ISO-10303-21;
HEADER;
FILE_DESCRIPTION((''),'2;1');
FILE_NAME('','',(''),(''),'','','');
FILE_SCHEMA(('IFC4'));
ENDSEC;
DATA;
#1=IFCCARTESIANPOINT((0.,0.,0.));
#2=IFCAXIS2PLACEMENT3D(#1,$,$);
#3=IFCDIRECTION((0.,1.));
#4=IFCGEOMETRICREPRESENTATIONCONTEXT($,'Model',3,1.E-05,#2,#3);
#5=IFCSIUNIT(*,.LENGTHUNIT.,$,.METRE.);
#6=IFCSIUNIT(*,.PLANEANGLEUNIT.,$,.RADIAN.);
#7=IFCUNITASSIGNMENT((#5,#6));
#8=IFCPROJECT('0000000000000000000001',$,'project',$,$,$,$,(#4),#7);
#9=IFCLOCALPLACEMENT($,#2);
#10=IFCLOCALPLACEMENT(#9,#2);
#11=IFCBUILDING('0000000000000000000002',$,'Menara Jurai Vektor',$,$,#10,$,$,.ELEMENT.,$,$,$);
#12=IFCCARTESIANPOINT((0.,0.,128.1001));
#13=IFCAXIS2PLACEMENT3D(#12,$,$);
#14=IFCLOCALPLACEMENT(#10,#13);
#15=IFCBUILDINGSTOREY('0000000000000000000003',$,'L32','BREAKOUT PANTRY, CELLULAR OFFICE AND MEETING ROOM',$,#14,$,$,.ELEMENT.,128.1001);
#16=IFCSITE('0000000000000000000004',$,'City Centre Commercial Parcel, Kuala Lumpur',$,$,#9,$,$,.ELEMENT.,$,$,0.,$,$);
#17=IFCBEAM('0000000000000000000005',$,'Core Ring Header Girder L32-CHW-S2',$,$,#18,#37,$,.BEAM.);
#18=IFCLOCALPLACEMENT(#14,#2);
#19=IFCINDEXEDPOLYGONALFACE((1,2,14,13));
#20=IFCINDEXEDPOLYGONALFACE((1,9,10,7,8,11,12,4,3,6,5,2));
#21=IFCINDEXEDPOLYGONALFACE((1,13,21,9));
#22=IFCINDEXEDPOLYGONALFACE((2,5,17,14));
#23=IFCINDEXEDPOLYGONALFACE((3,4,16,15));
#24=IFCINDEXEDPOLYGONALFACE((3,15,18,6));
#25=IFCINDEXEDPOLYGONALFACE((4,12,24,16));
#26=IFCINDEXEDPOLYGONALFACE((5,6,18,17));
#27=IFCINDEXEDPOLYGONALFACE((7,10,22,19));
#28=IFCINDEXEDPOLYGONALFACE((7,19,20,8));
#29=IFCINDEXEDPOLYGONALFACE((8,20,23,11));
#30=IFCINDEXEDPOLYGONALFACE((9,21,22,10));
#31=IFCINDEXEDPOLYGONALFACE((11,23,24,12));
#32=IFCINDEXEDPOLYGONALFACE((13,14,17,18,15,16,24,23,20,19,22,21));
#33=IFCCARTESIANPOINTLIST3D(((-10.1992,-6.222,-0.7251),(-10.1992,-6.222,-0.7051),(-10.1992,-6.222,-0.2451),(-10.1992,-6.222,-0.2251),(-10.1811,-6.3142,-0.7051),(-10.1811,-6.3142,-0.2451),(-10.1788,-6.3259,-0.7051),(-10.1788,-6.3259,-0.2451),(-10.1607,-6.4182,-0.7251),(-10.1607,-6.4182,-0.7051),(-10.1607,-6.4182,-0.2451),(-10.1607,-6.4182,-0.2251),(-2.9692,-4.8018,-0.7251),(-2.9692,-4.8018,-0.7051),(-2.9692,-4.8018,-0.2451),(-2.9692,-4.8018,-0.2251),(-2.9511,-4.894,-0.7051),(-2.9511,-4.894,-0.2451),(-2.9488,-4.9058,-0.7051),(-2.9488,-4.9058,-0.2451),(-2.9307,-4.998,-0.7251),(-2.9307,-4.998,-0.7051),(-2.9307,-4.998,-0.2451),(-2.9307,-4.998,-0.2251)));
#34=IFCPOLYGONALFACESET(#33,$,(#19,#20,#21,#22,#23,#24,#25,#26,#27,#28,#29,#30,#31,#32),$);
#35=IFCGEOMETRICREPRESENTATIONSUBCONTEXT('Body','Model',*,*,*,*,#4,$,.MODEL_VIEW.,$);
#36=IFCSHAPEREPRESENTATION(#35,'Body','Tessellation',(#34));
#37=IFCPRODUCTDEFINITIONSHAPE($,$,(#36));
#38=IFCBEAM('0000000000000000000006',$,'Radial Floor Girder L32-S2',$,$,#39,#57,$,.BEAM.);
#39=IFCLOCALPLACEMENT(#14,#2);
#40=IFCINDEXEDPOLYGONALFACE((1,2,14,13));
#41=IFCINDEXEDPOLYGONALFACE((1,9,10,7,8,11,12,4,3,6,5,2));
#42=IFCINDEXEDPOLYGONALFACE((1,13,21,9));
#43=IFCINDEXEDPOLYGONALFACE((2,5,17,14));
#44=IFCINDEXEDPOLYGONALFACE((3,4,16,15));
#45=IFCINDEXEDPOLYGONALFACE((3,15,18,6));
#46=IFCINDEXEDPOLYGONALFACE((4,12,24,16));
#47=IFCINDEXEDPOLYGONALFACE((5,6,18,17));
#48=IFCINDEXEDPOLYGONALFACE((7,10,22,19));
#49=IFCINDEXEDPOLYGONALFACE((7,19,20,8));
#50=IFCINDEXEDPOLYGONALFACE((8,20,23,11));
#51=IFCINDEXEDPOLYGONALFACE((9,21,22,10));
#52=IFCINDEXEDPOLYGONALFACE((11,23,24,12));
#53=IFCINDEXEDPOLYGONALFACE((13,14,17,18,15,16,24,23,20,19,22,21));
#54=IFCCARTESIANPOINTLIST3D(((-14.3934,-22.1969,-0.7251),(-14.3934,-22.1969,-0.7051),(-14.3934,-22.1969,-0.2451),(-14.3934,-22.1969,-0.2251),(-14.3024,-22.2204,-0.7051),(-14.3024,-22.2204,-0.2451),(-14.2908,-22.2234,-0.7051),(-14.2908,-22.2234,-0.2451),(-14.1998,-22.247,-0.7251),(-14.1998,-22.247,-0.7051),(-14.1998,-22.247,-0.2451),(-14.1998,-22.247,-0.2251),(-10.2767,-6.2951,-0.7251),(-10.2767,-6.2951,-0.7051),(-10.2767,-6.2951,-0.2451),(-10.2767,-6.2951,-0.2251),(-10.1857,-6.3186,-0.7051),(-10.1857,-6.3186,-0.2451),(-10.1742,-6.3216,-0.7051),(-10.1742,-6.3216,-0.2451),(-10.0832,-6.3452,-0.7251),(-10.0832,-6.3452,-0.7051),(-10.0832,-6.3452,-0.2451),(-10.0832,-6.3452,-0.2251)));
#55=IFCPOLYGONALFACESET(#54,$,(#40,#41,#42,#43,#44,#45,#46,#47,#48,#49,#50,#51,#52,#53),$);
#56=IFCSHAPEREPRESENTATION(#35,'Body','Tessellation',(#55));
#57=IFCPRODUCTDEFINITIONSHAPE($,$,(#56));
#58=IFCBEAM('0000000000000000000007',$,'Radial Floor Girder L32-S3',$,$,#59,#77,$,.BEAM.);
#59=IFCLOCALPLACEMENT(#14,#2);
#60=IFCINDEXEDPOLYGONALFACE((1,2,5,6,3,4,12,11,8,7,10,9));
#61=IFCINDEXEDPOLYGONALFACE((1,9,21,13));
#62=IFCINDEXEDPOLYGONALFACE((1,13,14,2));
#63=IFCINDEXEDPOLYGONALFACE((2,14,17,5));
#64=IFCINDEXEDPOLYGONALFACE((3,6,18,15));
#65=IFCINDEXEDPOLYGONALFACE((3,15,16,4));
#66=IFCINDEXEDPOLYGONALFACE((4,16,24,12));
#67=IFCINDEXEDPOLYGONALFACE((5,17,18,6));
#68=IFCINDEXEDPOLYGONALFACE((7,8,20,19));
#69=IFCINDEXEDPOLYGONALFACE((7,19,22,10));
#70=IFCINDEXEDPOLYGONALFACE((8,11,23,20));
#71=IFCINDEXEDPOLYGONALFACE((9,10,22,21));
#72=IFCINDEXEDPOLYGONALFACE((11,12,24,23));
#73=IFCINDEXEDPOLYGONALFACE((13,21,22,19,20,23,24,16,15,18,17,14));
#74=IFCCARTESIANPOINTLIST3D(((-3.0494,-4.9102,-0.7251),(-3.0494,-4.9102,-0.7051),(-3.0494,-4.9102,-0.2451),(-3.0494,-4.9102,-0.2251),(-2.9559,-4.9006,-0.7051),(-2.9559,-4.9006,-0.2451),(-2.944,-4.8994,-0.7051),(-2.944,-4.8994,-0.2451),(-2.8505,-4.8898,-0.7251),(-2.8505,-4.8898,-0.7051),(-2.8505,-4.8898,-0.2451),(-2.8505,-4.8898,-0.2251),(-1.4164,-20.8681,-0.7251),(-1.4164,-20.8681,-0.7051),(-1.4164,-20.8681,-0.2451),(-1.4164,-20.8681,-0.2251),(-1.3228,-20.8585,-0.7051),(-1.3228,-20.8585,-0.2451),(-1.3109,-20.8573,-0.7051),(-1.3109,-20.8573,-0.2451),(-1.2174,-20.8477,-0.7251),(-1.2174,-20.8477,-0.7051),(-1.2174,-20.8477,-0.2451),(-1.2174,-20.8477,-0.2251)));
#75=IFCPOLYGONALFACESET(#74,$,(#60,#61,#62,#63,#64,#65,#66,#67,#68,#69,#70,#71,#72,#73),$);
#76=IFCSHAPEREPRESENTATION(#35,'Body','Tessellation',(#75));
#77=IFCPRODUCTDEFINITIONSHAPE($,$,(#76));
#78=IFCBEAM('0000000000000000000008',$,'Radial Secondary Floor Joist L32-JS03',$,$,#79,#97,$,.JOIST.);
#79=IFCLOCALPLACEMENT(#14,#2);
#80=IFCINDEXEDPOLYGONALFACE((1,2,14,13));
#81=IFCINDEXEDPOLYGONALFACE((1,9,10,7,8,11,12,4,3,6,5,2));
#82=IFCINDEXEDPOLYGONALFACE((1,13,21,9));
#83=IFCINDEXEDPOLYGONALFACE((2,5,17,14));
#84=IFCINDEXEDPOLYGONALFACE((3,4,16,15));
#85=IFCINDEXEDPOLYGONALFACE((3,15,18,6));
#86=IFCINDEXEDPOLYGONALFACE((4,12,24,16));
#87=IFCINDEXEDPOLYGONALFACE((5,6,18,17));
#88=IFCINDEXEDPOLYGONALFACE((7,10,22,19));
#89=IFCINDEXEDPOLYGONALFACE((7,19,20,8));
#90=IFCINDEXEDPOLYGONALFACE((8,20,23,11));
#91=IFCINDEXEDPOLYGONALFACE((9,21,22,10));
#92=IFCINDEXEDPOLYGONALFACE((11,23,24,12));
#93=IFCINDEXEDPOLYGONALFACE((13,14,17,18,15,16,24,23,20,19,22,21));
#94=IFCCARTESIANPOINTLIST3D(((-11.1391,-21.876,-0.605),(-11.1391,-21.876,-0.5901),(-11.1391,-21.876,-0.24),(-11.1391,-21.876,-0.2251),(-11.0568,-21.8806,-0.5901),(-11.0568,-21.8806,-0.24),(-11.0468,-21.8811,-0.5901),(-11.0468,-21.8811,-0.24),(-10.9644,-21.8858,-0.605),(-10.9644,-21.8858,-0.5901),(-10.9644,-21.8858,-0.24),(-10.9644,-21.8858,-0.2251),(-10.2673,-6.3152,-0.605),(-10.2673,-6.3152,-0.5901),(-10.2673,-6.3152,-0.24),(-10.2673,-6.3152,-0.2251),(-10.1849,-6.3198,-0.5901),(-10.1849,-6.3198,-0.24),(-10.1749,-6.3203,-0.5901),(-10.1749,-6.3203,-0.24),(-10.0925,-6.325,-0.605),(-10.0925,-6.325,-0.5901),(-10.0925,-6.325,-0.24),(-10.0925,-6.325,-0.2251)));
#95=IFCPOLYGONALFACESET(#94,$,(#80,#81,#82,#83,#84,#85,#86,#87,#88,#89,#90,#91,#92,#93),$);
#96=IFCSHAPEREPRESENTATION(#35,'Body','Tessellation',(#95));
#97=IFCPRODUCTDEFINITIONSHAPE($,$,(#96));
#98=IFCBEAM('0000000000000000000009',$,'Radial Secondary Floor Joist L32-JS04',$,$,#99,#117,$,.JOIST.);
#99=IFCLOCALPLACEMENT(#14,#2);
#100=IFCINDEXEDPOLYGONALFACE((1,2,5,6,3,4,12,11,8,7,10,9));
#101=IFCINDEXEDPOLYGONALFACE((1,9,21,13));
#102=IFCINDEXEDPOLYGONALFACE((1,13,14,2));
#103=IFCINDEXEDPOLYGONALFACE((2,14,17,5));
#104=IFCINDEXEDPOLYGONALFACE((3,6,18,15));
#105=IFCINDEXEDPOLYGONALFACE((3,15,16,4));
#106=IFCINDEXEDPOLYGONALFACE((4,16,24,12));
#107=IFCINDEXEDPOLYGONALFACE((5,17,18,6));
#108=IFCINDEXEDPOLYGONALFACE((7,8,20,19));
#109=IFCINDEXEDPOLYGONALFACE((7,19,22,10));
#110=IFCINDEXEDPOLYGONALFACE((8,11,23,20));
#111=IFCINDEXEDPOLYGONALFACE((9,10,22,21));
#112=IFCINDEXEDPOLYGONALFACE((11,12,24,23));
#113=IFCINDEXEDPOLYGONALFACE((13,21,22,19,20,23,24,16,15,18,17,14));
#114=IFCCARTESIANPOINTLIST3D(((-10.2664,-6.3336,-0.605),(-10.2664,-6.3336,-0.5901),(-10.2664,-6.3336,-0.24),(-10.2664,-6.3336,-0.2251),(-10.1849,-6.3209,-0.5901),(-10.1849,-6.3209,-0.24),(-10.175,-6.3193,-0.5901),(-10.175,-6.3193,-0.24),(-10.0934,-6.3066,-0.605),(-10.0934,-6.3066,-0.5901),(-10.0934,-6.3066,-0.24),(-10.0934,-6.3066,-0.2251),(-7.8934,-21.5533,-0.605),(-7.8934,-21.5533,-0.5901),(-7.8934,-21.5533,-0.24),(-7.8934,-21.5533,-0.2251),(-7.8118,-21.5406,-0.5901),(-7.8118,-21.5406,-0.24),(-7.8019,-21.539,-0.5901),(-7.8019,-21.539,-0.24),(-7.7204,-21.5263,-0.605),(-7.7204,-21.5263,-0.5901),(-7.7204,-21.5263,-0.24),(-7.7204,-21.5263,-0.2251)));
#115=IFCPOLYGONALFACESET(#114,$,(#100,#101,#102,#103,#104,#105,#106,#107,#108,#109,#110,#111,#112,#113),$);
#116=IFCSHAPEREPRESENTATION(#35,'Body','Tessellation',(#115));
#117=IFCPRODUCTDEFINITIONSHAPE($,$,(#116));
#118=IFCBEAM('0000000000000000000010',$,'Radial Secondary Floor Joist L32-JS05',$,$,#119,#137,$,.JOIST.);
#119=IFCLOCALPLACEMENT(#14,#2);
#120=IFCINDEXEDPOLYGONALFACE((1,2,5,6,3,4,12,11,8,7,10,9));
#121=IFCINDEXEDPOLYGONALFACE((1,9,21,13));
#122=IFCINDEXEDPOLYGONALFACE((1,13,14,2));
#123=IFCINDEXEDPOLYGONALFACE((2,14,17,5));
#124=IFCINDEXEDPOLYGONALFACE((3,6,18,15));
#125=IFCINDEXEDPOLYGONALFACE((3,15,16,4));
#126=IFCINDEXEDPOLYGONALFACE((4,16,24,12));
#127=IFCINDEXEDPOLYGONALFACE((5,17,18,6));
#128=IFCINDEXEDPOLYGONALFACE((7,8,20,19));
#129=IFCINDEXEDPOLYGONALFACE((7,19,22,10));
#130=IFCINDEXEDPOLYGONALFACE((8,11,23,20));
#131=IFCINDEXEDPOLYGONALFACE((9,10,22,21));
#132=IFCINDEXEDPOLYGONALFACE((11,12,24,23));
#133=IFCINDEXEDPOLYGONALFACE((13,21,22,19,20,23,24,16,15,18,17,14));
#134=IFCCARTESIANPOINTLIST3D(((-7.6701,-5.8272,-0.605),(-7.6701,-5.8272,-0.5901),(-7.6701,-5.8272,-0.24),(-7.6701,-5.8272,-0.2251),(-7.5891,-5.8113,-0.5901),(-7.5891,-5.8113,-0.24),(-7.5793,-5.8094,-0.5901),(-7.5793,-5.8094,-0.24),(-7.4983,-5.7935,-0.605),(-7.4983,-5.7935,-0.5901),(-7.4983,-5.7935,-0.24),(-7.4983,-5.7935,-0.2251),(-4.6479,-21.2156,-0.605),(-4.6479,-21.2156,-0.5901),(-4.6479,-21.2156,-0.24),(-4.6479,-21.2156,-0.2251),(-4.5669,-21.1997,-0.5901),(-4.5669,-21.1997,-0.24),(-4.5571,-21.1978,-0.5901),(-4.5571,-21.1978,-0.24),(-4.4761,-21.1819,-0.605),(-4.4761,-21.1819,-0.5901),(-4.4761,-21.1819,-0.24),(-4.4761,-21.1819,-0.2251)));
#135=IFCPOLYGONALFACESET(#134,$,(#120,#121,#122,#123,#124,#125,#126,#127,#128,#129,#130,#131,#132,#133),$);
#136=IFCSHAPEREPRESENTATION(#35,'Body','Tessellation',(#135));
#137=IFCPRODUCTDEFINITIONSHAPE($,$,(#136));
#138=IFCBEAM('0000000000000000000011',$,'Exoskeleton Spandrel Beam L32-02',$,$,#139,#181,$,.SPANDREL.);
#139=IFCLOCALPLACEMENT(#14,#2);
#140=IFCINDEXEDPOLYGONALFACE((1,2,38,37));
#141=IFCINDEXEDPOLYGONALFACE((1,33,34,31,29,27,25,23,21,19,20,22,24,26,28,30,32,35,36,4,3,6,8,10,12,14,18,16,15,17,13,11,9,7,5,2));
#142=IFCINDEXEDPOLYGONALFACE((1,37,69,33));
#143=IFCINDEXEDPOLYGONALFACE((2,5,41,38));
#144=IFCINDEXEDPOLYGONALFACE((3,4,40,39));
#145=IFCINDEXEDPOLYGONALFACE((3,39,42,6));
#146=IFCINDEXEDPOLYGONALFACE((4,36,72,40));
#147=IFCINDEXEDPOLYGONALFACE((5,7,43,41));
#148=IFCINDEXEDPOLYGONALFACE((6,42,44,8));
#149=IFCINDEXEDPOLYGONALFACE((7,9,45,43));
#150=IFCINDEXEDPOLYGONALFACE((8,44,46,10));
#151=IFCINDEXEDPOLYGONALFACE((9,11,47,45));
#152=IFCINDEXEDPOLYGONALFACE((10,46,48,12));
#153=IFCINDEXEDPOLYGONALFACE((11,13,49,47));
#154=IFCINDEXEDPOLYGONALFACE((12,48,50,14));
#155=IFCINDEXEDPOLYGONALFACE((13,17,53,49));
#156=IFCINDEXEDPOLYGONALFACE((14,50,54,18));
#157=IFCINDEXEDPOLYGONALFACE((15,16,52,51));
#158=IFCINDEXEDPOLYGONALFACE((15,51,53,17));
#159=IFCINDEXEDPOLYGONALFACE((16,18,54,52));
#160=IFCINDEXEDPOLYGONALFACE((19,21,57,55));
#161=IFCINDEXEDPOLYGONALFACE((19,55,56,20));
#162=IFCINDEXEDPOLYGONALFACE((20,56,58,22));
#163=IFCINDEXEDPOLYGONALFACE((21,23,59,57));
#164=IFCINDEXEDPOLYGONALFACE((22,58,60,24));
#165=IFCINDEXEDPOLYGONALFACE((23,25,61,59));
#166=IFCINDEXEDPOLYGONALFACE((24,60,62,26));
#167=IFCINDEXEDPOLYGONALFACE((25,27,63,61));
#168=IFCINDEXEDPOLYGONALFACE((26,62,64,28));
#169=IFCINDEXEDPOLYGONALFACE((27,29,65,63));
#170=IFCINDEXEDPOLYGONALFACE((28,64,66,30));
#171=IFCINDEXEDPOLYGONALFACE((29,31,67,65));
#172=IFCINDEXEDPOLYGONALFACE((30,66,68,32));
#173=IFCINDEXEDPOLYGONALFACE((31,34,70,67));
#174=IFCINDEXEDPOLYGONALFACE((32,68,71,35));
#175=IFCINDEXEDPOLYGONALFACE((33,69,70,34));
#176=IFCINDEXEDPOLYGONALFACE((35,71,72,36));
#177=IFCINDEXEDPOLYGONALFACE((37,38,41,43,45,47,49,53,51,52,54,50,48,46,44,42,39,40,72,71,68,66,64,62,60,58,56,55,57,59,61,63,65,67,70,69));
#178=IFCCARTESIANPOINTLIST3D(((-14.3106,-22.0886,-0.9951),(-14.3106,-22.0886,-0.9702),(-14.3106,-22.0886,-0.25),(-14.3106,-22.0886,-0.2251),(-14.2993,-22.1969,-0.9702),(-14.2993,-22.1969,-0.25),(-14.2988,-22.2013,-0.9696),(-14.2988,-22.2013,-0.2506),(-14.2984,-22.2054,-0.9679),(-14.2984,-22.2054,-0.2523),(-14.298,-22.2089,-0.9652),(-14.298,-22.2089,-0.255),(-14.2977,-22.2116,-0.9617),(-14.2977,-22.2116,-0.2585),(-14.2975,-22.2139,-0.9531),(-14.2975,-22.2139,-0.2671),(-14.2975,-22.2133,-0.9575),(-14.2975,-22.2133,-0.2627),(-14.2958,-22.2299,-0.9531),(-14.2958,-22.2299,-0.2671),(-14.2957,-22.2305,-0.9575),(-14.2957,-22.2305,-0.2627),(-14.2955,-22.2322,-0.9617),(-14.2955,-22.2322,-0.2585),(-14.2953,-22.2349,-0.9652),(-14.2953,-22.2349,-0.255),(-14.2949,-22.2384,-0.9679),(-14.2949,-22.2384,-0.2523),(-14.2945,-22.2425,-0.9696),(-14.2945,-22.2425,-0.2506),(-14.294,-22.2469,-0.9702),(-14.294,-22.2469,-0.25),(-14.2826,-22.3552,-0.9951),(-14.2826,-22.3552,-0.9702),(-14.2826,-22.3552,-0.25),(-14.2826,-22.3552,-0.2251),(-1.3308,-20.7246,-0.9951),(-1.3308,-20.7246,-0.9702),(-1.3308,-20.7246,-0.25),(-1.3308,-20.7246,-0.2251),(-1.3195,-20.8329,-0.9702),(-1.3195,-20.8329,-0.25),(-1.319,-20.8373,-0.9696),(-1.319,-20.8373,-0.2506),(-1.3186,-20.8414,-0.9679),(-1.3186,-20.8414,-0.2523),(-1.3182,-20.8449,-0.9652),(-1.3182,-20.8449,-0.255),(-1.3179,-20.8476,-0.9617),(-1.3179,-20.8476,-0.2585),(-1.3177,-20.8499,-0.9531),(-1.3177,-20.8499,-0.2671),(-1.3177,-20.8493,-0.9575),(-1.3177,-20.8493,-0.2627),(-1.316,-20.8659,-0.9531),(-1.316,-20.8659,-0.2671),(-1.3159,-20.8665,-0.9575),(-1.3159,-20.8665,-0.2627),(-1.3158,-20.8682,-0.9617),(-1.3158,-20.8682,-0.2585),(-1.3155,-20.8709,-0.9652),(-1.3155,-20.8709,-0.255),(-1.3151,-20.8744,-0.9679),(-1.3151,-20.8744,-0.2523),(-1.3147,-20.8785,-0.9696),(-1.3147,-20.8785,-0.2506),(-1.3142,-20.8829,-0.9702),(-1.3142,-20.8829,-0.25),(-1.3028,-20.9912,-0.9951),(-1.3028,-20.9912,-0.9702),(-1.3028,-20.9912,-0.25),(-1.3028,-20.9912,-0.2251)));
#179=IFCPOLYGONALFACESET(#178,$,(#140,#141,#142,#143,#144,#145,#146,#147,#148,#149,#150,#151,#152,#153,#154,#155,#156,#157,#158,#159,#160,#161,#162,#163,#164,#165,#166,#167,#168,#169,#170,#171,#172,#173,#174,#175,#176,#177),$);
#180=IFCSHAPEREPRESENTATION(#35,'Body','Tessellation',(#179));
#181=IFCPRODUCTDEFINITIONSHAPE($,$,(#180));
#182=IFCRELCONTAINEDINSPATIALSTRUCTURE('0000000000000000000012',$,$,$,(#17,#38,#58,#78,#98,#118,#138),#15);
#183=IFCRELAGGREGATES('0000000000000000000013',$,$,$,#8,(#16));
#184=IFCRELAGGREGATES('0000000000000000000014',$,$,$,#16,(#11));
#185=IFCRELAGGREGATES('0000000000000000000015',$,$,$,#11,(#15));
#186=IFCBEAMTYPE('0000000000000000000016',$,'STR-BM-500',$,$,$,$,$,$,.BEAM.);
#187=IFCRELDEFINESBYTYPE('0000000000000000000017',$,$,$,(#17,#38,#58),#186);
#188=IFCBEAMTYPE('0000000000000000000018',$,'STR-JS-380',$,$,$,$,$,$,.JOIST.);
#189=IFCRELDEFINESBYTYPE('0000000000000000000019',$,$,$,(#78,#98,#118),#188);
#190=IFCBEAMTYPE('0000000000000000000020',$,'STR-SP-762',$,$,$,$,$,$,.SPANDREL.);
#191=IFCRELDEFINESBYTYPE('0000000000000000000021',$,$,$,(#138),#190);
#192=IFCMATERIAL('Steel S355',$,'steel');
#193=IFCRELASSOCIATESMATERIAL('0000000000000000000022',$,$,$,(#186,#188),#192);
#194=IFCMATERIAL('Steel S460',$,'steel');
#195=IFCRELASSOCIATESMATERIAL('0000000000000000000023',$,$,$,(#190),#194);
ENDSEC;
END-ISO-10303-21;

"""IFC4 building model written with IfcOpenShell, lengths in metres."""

from ifc_helpers import new_model, si_unit, direction, frame, origin, origin_2d, place, context, subcontext, project, spatial, i_section, extrude, material, material_profile, profile_set, type_object, element, save


model = new_model("IFC4")

# Units and contexts
model_context = context("Model", 3, precision=1e-05, world=origin(), true_north=direction((0.0, 1.0)))
body_context = subcontext(model_context, "Body", "Model", "MODEL_VIEW")
ifc_project = project(units=[si_unit("LENGTHUNIT", "METRE"), si_unit("PLANEANGLEUNIT", "RADIAN")], contexts=[model_context])

# Site, building, storey
site_placement = place(None, origin())
site = spatial("IfcSite", under=ifc_project, at=site_placement, Name="City Centre Commercial Parcel, Kuala Lumpur", CompositionType="ELEMENT", RefElevation=0.0)
building_placement = place(site_placement, origin())
building = spatial("IfcBuilding", under=site, at=building_placement, Name="Menara Jurai Vektor", CompositionType="ELEMENT")
storey_placement = place(building_placement, frame((0.0, 0.0, 128.1001)))
storey = spatial("IfcBuildingStorey", under=building, at=storey_placement, Name="L32", Description="BREAKOUT PANTRY, CELLULAR OFFICE AND MEETING ROOM", CompositionType="ELEMENT", Elevation=128.1001)

# Shared definitions
ifc_material_1 = material(Name="Steel S460", Category="steel")

# Beams
ifc_material_2 = material(Name="Steel S355", Category="steel")
ifc_material_profile_1 = material_profile(ifc_material_2, i_section(OverallWidth=0.2, OverallDepth=0.5, WebThickness=0.012, FlangeThickness=0.02, at=origin_2d()), Name="PG 500x200x96")
ifc_profile_set_1 = profile_set([ifc_material_profile_1], Name="Steel S355")
beam_type_1 = type_object("IfcBeamType", Name="STR-BM-500", PredefinedType="BEAM", material=ifc_profile_set_1)
beam_1_placement = place(storey_placement, frame((-10.1799, -6.3201, -0.4751), z_axis=(0.981249, 0.192744, 0.0), x_axis=(-0.192744, 0.981249, 0.0)))
element("IfcBeam", 1, at=beam_1_placement, inside=storey, type_object=beam_type_1, Name="Core Ring Header Girder L32-CHW-S2", PredefinedType="BEAM", context=body_context, shape_type="SweptSolid", body=[
    extrude(i_section(OverallWidth=0.2, OverallDepth=0.5, WebThickness=0.012, FlangeThickness=0.02, at=origin_2d()), origin(), (0.0, 0.0, 1.0), 7.3682),
])
beam_2_placement = place(storey_placement, frame((-14.2966, -22.2219, -0.4751), z_axis=(0.25062, 0.968086, 0.0), x_axis=(-0.968086, 0.25062, 0.0)))
element("IfcBeam", 2, at=beam_2_placement, inside=storey, type_object=beam_type_1, Name="Radial Floor Girder L32-S2", PredefinedType="BEAM", context=body_context, shape_type="SweptSolid", body=[
    extrude(i_section(OverallWidth=0.2, OverallDepth=0.5, WebThickness=0.012, FlangeThickness=0.02, at=origin_2d()), origin(), (0.0, 0.0, 1.0), 16.426),
])
beam_3_placement = place(storey_placement, frame((-1.3169, -20.8579, -0.4751), z_axis=(-0.101803, 0.994805, 0.0), x_axis=(-0.994805, -0.101803, 0.0)))
element("IfcBeam", 3, at=beam_3_placement, inside=storey, type_object=beam_type_1, Name="Radial Floor Girder L32-S3", PredefinedType="BEAM", context=body_context, shape_type="SweptSolid", body=[
    extrude(i_section(OverallWidth=0.2, OverallDepth=0.5, WebThickness=0.012, FlangeThickness=0.02, at=origin_2d()), origin(), (0.0, 0.0, 1.0), 16.0413),
])
ifc_material_profile_2 = material_profile(ifc_material_2, i_section(OverallWidth=0.175, OverallDepth=0.3799, WebThickness=0.01, FlangeThickness=0.0149, at=origin_2d()), Name="PG 380x175x58")
ifc_profile_set_2 = profile_set([ifc_material_profile_2], Name="Steel S355")
beam_type_2 = type_object("IfcBeamType", Name="STR-JS-380", PredefinedType="JOIST", material=ifc_profile_set_2)
beam_4_placement = place(storey_placement, frame((-11.0518, -21.8809, -0.415), z_axis=(0.055939, 0.998434, 0.0), x_axis=(-0.998434, 0.055939, 0.0)))
element("IfcBeam", 4, at=beam_4_placement, inside=storey, type_object=beam_type_2, Name="Radial Secondary Floor Joist L32-JS03", PredefinedType="JOIST", context=body_context, shape_type="SweptSolid", body=[
    extrude(i_section(OverallWidth=0.175, OverallDepth=0.3799, WebThickness=0.01, FlangeThickness=0.0149, at=origin_2d()), origin(), (0.0, 0.0, 1.0), 15.5852),
])
beam_5_placement = place(storey_placement, frame((-7.8069, -21.5398, -0.415), z_axis=(-0.154058, 0.988062, 0.0), x_axis=(-0.988062, -0.154058, 0.0)))
element("IfcBeam", 5, at=beam_5_placement, inside=storey, type_object=beam_type_2, Name="Radial Secondary Floor Joist L32-JS04", PredefinedType="JOIST", context=body_context, shape_type="SweptSolid", body=[
    extrude(i_section(OverallWidth=0.175, OverallDepth=0.3799, WebThickness=0.01, FlangeThickness=0.0149, at=origin_2d()), origin(), (0.0, 0.0, 1.0), 15.4036),
])
beam_6_placement = place(storey_placement, frame((-4.562, -21.1987, -0.415), z_axis=(-0.192714, 0.981255, 0.0), x_axis=(-0.981255, -0.192714, 0.0)))
element("IfcBeam", 6, at=beam_6_placement, inside=storey, type_object=beam_type_2, Name="Radial Secondary Floor Joist L32-JS05", PredefinedType="JOIST", context=body_context, shape_type="SweptSolid", body=[
    extrude(i_section(OverallWidth=0.175, OverallDepth=0.3799, WebThickness=0.01, FlangeThickness=0.0149, at=origin_2d()), origin(), (0.0, 0.0, 1.0), 15.6824),
])
ifc_material_profile_3 = material_profile(ifc_material_1, i_section(OverallWidth=0.2681, OverallDepth=0.77, WebThickness=0.0161, FlangeThickness=0.0249, FilletRadius=0.0171, at=origin_2d()), Name="UKB 762x267x197")
ifc_profile_set_3 = profile_set([ifc_material_profile_3], Name="Steel S460")
beam_type_3 = type_object("IfcBeamType", Name="STR-SP-762", PredefinedType="SPANDREL", material=ifc_profile_set_3)
beam_7_placement = place(storey_placement, frame((-14.2966, -22.2219, -0.6101), z_axis=(0.994524, 0.104512, 0.0), x_axis=(-0.104512, 0.994524, 0.0)))
element("IfcBeam", 7, at=beam_7_placement, inside=storey, type_object=beam_type_3, Name="Exoskeleton Spandrel Beam L32-02", PredefinedType="SPANDREL", context=body_context, shape_type="SweptSolid", body=[
    extrude(i_section(OverallWidth=0.2681, OverallDepth=0.77, WebThickness=0.0161, FlangeThickness=0.0249, FilletRadius=0.0171, at=origin_2d()), origin(), (0.0, 0.0, 1.0), 13.0513),
])

save(model, "model.ifc")
